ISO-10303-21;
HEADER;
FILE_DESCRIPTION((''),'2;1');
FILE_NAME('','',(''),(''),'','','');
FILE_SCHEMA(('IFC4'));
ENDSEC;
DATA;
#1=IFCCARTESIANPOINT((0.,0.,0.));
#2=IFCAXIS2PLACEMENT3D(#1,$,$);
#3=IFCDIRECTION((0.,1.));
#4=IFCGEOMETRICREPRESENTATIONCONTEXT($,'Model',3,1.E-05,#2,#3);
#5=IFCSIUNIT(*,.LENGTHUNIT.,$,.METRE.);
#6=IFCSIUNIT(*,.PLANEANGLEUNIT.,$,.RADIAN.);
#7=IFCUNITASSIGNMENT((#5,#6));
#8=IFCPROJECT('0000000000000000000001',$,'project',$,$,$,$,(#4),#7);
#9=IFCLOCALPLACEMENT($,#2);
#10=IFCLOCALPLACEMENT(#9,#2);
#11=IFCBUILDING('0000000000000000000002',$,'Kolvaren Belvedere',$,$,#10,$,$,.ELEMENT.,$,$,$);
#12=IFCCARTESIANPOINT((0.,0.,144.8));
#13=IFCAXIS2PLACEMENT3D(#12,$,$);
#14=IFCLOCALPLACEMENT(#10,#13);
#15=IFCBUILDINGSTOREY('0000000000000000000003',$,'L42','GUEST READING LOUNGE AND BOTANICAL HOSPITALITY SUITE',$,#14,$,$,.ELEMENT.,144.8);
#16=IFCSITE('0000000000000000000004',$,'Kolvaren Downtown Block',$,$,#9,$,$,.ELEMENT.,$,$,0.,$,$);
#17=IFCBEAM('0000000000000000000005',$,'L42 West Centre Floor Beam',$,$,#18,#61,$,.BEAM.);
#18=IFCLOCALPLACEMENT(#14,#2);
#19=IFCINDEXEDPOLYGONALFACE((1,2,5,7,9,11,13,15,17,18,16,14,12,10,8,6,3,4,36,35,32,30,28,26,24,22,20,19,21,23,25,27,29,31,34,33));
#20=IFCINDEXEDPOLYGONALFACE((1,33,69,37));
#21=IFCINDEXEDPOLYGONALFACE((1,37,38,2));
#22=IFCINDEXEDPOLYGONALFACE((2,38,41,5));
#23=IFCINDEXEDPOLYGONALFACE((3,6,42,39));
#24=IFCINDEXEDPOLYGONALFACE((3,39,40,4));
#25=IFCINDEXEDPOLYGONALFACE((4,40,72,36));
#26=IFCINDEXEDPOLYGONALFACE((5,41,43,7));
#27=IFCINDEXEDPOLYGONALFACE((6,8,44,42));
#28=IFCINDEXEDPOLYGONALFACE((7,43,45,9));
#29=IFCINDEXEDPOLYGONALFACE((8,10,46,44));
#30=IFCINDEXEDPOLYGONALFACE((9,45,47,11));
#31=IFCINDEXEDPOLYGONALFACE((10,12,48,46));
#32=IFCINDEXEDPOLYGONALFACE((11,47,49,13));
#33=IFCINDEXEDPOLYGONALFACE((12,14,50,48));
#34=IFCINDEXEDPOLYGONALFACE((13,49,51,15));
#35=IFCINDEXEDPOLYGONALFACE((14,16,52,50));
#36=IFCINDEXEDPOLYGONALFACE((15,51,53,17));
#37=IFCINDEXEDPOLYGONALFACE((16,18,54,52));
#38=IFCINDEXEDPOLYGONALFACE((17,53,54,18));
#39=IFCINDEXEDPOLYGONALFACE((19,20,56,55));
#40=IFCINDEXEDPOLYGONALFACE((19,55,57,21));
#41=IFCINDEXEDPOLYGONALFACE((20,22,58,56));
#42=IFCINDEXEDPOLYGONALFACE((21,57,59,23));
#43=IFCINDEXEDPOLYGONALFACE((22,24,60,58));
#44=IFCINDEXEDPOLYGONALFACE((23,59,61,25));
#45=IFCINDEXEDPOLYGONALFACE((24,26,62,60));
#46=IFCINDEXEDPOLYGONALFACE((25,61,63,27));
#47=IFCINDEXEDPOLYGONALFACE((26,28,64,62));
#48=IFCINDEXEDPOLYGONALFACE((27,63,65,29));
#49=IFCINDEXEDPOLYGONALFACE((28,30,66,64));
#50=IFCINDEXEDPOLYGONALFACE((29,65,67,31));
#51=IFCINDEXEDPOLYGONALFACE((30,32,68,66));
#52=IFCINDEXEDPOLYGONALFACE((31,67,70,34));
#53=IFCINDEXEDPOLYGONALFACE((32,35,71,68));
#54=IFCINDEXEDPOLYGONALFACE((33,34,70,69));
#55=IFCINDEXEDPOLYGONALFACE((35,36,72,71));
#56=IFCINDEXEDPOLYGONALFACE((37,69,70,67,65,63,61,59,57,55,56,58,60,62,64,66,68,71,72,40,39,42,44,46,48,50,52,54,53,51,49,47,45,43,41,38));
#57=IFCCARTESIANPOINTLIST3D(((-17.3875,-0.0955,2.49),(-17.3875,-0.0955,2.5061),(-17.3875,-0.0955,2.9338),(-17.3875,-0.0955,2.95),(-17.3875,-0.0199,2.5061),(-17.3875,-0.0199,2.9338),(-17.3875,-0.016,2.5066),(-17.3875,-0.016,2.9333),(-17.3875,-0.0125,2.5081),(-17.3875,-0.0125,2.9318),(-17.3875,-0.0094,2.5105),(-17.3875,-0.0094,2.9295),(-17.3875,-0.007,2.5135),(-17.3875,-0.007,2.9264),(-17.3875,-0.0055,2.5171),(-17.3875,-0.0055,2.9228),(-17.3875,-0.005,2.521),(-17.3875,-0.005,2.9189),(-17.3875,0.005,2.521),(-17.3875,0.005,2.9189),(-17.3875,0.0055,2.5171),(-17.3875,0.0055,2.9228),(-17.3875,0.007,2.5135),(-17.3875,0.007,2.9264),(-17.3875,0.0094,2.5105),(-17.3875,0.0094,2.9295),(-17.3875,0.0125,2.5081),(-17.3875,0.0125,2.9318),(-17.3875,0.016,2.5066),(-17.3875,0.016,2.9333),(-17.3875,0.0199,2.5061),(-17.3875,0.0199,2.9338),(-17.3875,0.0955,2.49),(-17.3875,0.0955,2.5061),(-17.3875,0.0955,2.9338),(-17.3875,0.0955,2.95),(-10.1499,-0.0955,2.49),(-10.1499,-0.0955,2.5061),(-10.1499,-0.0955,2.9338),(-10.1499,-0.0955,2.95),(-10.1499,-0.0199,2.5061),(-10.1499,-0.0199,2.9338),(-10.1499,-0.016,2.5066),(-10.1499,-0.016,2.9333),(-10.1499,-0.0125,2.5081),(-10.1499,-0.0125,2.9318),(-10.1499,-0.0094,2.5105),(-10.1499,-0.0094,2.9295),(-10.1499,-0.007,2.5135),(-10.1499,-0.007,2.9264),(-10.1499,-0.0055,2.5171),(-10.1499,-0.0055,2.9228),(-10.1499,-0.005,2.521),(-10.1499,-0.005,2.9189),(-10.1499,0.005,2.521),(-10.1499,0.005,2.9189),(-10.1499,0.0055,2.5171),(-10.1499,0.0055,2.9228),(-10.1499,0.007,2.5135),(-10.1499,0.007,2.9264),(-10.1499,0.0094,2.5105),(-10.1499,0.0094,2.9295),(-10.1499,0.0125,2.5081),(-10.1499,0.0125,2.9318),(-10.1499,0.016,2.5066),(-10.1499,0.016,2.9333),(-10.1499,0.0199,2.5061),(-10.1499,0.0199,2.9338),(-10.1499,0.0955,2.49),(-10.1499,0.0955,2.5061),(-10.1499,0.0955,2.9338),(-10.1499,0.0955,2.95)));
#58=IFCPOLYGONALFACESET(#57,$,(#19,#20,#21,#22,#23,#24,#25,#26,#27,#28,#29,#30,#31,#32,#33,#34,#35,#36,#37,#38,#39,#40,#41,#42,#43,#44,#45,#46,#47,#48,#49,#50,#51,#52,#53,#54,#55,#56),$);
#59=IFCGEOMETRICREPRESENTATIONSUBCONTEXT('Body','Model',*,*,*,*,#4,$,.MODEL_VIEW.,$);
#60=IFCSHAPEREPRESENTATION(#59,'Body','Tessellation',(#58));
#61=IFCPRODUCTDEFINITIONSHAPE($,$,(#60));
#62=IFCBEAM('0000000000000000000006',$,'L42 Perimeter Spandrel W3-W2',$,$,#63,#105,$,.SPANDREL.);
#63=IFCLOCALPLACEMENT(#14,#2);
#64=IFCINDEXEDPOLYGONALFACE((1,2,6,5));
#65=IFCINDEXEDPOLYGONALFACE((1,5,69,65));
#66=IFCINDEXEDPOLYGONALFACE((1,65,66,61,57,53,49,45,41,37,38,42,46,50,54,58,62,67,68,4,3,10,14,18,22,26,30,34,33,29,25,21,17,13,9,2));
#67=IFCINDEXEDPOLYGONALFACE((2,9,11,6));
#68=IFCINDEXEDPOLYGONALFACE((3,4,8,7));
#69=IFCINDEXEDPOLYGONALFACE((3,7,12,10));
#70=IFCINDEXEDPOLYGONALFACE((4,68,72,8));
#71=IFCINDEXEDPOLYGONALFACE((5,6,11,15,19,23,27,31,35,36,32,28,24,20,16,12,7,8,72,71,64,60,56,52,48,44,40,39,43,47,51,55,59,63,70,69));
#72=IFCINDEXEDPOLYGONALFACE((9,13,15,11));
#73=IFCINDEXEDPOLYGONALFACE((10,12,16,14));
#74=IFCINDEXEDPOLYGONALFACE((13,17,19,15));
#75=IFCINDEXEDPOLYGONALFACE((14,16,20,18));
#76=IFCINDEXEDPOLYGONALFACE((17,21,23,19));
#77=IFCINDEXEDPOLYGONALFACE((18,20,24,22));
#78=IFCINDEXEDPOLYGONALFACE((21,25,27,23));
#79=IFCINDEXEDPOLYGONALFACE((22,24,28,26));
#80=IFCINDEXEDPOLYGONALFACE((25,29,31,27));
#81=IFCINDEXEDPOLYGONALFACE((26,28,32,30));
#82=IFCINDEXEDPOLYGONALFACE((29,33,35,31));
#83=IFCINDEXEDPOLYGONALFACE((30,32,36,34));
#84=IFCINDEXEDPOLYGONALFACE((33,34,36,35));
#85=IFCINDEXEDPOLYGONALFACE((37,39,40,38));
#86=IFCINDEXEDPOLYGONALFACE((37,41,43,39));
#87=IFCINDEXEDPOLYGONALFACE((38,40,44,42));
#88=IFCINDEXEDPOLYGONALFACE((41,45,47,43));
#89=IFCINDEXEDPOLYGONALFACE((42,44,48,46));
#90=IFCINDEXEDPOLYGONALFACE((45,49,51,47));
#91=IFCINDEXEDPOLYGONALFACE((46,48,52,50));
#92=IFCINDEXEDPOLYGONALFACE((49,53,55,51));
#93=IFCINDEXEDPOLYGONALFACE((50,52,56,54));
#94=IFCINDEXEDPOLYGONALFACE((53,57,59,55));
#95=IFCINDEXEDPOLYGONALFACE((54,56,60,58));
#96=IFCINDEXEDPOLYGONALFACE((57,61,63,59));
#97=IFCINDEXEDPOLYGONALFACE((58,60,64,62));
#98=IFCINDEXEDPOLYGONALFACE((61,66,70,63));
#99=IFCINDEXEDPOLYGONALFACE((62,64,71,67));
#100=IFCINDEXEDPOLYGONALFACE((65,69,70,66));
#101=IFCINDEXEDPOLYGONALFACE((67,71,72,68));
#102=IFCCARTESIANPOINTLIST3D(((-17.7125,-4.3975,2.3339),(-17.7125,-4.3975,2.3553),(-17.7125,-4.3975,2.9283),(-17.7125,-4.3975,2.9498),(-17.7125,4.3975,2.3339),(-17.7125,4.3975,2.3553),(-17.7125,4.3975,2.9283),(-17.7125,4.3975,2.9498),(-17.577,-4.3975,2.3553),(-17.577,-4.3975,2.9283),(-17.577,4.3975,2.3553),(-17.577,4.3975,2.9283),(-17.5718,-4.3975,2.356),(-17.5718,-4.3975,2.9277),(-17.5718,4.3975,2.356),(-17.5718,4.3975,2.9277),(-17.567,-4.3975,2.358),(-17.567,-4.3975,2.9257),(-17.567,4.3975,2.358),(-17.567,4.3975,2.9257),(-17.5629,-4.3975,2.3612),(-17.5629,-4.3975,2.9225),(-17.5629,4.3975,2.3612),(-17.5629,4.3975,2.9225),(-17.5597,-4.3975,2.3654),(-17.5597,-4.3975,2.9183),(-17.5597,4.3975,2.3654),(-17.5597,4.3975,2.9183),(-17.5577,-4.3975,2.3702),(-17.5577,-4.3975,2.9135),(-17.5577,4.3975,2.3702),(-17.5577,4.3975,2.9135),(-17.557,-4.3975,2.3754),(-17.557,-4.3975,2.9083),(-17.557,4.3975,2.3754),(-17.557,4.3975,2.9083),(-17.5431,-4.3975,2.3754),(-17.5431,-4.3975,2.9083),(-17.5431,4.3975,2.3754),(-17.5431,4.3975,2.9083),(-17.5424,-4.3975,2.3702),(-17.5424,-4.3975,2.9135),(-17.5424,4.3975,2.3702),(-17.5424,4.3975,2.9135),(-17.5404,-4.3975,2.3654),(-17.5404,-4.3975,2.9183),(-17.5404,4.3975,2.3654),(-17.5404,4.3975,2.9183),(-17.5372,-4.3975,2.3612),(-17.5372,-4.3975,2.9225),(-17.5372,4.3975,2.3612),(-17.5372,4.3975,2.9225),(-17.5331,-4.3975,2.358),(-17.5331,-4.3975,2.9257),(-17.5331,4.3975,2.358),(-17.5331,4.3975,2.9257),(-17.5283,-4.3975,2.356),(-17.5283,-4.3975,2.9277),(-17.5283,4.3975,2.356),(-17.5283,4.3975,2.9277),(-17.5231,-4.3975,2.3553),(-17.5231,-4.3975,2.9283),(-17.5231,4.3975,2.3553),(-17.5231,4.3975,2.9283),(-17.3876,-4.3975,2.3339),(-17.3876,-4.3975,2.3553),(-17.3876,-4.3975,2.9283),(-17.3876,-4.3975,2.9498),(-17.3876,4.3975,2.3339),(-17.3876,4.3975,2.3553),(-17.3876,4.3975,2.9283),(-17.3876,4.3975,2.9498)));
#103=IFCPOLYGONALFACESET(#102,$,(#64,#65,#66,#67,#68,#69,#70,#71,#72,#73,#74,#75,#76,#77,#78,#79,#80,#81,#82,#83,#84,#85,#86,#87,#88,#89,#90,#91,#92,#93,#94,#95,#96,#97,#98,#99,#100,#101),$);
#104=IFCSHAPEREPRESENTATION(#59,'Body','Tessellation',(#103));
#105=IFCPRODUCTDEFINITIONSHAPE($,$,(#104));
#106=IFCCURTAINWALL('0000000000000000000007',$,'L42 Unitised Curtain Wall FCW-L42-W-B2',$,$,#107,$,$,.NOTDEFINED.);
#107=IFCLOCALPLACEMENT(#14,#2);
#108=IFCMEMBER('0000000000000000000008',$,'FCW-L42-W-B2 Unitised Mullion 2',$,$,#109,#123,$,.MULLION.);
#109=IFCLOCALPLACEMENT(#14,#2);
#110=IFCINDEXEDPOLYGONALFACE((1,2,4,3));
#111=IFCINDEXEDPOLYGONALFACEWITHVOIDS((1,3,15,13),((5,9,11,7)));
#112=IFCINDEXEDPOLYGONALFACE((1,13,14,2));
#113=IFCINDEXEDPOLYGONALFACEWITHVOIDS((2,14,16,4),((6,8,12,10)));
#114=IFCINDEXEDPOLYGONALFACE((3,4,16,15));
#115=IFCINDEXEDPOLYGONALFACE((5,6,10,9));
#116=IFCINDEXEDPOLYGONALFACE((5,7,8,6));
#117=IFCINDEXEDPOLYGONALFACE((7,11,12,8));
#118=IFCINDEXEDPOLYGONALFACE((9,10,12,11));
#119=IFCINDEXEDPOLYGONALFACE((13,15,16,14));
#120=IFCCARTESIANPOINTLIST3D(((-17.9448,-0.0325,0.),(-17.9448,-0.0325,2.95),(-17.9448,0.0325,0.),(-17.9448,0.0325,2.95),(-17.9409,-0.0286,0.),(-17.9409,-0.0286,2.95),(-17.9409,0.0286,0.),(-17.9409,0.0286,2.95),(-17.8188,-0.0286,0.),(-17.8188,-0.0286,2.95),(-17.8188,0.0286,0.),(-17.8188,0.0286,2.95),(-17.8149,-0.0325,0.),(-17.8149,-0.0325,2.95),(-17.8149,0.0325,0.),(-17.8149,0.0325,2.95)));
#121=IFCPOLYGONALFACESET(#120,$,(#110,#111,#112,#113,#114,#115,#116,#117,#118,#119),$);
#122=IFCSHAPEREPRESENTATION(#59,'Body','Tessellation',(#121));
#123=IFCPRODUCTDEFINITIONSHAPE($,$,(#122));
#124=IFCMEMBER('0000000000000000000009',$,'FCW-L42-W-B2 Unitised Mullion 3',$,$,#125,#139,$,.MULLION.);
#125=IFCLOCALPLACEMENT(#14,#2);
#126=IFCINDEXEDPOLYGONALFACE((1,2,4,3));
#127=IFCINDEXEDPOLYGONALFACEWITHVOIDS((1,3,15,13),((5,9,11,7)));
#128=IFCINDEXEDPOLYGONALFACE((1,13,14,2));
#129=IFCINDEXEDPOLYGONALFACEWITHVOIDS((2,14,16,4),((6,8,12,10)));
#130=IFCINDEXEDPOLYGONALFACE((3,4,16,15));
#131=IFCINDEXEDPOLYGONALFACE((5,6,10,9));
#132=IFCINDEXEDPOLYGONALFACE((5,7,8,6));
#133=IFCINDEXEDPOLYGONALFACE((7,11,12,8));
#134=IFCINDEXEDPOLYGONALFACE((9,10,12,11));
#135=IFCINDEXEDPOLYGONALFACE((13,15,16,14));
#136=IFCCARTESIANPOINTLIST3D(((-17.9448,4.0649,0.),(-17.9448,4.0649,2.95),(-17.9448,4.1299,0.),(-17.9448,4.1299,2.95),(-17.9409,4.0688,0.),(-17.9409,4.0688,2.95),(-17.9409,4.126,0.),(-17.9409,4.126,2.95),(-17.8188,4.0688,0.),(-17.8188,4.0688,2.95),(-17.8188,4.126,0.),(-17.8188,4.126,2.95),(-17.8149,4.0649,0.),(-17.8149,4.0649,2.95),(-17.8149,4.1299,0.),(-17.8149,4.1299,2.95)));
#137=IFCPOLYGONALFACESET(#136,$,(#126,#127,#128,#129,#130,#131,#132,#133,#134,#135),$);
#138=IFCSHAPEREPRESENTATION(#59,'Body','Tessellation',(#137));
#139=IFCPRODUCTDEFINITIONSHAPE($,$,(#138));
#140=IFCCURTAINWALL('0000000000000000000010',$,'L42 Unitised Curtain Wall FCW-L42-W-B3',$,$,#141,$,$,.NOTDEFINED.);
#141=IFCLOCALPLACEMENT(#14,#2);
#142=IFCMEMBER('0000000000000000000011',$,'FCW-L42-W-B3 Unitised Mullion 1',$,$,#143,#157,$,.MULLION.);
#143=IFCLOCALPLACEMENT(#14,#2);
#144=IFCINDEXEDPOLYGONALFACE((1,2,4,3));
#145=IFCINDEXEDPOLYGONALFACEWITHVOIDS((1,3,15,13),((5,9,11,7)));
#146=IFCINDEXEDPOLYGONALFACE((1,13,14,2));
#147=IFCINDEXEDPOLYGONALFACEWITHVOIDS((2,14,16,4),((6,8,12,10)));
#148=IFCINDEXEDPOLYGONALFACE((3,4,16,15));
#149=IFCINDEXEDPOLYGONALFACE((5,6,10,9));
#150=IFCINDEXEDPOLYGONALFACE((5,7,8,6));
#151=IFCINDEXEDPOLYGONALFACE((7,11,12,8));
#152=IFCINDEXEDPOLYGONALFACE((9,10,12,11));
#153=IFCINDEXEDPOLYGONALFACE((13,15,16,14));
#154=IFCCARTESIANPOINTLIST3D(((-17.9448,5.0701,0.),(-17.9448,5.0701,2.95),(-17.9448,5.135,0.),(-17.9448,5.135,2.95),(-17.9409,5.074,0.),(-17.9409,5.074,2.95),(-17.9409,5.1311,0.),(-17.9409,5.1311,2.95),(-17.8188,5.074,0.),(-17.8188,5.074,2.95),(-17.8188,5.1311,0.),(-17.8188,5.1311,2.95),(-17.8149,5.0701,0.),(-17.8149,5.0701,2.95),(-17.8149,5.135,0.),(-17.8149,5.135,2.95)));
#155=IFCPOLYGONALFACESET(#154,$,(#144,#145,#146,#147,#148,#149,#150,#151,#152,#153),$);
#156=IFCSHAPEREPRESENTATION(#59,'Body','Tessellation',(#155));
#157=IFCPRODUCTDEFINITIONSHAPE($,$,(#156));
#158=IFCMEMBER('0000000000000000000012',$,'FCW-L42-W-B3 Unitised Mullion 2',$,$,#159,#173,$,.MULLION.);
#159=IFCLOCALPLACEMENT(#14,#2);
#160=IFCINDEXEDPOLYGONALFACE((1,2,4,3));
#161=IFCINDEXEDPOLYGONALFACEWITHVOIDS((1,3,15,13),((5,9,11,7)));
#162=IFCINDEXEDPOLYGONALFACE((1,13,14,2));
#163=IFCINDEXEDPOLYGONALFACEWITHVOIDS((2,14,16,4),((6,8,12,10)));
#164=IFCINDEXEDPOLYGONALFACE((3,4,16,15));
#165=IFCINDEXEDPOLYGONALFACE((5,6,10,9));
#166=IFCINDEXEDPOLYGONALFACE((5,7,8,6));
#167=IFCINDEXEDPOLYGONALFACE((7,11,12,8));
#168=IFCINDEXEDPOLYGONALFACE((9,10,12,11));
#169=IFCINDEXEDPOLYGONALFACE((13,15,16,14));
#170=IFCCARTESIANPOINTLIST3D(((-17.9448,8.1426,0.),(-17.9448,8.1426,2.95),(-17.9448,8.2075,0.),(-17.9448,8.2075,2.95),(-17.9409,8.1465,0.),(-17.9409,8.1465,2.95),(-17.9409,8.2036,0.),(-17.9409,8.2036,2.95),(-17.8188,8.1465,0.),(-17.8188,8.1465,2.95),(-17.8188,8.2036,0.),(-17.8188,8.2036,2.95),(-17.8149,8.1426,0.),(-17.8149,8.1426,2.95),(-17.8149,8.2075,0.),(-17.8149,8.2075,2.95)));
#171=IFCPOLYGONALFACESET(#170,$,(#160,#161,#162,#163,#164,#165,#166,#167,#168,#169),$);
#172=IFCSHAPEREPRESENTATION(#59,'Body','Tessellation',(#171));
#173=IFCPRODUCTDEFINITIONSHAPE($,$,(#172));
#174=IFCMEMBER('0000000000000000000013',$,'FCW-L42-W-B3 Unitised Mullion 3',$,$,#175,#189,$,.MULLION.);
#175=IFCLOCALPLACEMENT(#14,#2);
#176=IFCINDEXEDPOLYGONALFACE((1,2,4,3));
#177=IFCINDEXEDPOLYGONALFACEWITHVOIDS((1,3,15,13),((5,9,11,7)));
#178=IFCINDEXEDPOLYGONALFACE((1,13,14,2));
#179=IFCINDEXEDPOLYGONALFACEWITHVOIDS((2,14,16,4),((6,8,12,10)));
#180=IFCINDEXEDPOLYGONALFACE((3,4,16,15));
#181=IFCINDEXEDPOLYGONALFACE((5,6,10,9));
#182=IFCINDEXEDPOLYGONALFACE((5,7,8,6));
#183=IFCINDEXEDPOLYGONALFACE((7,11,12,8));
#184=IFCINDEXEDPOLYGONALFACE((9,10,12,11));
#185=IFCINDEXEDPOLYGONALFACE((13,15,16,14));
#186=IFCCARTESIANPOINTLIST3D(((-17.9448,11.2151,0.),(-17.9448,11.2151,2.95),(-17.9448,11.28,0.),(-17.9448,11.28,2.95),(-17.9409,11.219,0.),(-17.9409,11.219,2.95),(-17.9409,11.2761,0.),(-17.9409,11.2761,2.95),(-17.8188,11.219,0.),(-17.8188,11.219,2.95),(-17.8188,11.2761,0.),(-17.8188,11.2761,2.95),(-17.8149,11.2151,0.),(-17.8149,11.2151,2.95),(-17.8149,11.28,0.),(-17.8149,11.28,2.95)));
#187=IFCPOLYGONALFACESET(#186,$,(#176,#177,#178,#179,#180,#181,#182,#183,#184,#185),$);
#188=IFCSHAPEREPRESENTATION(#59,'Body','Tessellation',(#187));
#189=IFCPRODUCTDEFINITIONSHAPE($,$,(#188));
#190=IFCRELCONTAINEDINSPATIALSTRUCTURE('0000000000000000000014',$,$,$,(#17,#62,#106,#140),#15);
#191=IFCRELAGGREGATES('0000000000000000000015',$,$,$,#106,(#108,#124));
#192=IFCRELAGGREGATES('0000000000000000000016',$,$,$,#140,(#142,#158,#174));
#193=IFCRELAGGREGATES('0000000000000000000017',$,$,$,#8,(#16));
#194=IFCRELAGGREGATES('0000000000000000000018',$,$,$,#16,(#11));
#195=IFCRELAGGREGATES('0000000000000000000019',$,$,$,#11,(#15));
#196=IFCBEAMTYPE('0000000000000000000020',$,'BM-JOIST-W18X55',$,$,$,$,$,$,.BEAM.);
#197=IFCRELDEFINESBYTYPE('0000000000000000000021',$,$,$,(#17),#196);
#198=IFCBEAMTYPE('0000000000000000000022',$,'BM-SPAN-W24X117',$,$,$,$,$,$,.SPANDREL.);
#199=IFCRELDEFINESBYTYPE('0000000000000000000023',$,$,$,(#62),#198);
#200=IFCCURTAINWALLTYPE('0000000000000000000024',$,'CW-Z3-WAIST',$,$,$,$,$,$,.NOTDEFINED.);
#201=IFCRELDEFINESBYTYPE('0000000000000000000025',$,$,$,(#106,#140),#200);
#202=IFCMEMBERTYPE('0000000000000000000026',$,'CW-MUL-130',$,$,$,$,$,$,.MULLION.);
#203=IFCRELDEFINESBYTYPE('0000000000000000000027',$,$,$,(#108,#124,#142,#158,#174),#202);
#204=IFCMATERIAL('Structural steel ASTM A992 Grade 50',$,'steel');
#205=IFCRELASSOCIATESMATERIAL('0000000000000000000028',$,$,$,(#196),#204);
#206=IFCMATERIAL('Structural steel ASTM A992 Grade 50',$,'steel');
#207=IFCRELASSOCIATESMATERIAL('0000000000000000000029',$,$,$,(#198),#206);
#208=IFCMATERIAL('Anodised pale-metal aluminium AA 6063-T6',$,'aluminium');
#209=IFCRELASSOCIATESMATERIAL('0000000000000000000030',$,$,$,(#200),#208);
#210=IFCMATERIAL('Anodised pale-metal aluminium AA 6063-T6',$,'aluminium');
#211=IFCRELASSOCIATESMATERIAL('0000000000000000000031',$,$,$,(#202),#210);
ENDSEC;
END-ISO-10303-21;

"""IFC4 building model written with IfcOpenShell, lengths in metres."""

from ifc_helpers import new_model, si_unit, direction, frame, origin, origin_2d, place, context, subcontext, project, spatial, hollow_rectangle, i_section, extrude, material, material_profile, profile_set, type_object, element, aggregate, save


model = new_model("IFC4")

# Units and contexts
model_context = context("Model", 3, precision=1e-05, world=origin(), true_north=direction((0.0, 1.0)))
body_context = subcontext(model_context, "Body", "Model", "MODEL_VIEW")
ifc_project = project(units=[si_unit("LENGTHUNIT", "METRE"), si_unit("PLANEANGLEUNIT", "RADIAN")], contexts=[model_context])

# Site, building, storey
site_placement = place(None, origin())
site = spatial("IfcSite", under=ifc_project, at=site_placement, Name="Kolvaren Downtown Block", CompositionType="ELEMENT", RefElevation=0.0)
building_placement = place(site_placement, origin())
building = spatial("IfcBuilding", under=site, at=building_placement, Name="Kolvaren Belvedere", CompositionType="ELEMENT")
storey_placement = place(building_placement, frame((0.0, 0.0, 144.8)))
storey = spatial("IfcBuildingStorey", under=building, at=storey_placement, Name="L42", Description="GUEST READING LOUNGE AND BOTANICAL HOSPITALITY SUITE", CompositionType="ELEMENT", Elevation=144.8)

# Beams
ifc_material_1 = material(Name="Structural steel ASTM A992 Grade 50", Category="steel")
ifc_material_profile_1 = material_profile(ifc_material_1, i_section(OverallWidth=0.1909, OverallDepth=0.46, WebThickness=0.01, FlangeThickness=0.0161, FilletRadius=0.0149, at=origin_2d()), Name="W18X55")
ifc_profile_set_1 = profile_set([ifc_material_profile_1], Name="Structural steel ASTM A992 Grade 50")
beam_type_1 = type_object("IfcBeamType", Name="BM-JOIST-W18X55", PredefinedType="BEAM", material=ifc_profile_set_1)
beam_1_placement = place(storey_placement, frame((-10.1499, 0.0, 2.72), z_axis=(-1.0, 0.0, 0.0), x_axis=(0.0, -1.0, 0.0)))
element("IfcBeam", 1, at=beam_1_placement, inside=storey, type_object=beam_type_1, Name="L42 West Centre Floor Beam", PredefinedType="BEAM", context=body_context, shape_type="SweptSolid", body=[
    extrude(i_section(OverallWidth=0.1909, OverallDepth=0.46, WebThickness=0.01, FlangeThickness=0.0161, FilletRadius=0.0149, at=origin_2d()), origin(), (0.0, 0.0, 1.0), 7.2375),
])
ifc_material_2 = material(Name="Structural steel ASTM A992 Grade 50", Category="steel")
ifc_material_profile_2 = material_profile(ifc_material_2, i_section(OverallWidth=0.325, OverallDepth=0.616, WebThickness=0.0139, FlangeThickness=0.0215, FilletRadius=0.02, at=origin_2d()), Name="W24X117")
ifc_profile_set_2 = profile_set([ifc_material_profile_2], Name="Structural steel ASTM A992 Grade 50")
beam_type_2 = type_object("IfcBeamType", Name="BM-SPAN-W24X117", PredefinedType="SPANDREL", material=ifc_profile_set_2)
beam_2_placement = place(storey_placement, frame((-17.55, 4.3975, 2.6418), z_axis=(0.0, -1.0, 0.0), x_axis=(1.0, 0.0, 0.0)))
element("IfcBeam", 2, at=beam_2_placement, inside=storey, type_object=beam_type_2, Name="L42 Perimeter Spandrel W3-W2", PredefinedType="SPANDREL", context=body_context, shape_type="SweptSolid", body=[
    extrude(i_section(OverallWidth=0.325, OverallDepth=0.616, WebThickness=0.0139, FlangeThickness=0.0215, FilletRadius=0.02, at=origin_2d()), origin(), (0.0, 0.0, 1.0), 8.7949),
])

# Curtain walls, members
ifc_material_3 = material(Name="Anodised pale-metal aluminium AA 6063-T6", Category="aluminium")
curtain_wall_type = type_object("IfcCurtainWallType", Name="CW-Z3-WAIST", PredefinedType="NOTDEFINED", material=ifc_material_3)
curtain_wall_1_placement = place(storey_placement, origin())
curtain_wall_1 = element("IfcCurtainWall", 3, at=curtain_wall_1_placement, inside=storey, type_object=curtain_wall_type, Name="L42 Unitised Curtain Wall FCW-L42-W-B2", PredefinedType="NOTDEFINED")
ifc_material_4 = material(Name="Anodised pale-metal aluminium AA 6063-T6", Category="aluminium")
ifc_material_profile_3 = material_profile(ifc_material_4, hollow_rectangle(XDim=0.0649, YDim=0.1299, WallThickness=0.0039, at=origin_2d()), Name="ALU-MUL-130X65")
ifc_profile_set_3 = profile_set([ifc_material_profile_3], Name="Anodised pale-metal aluminium AA 6063-T6")
member_type_1 = type_object("IfcMemberType", Name="CW-MUL-130", PredefinedType="MULLION", material=ifc_profile_set_3)
member_1_placement = place(storey_placement, frame((-17.8799, 0.0, 0.0), z_axis=(0.0, 0.0, 1.0), x_axis=(0.0, 1.0, 0.0)))
member_1 = element("IfcMember", 4, at=member_1_placement, type_object=member_type_1, Name="FCW-L42-W-B2 Unitised Mullion 2", PredefinedType="MULLION", context=body_context, shape_type="SweptSolid", body=[
    extrude(hollow_rectangle(XDim=0.0649, YDim=0.1299, WallThickness=0.0039, at=origin_2d()), origin(), (0.0, 0.0, 1.0), 2.95),
])
member_2_placement = place(storey_placement, frame((-17.8799, 4.0974, 0.0), z_axis=(0.0, 0.0, 1.0), x_axis=(0.0, 1.0, 0.0)))
member_2 = element("IfcMember", 5, at=member_2_placement, type_object=member_type_1, Name="FCW-L42-W-B2 Unitised Mullion 3", PredefinedType="MULLION", context=body_context, shape_type="SweptSolid", body=[
    extrude(hollow_rectangle(XDim=0.0649, YDim=0.1299, WallThickness=0.0039, at=origin_2d()), origin(), (0.0, 0.0, 1.0), 2.95),
])
curtain_wall_2_placement = place(storey_placement, origin())
curtain_wall_2 = element("IfcCurtainWall", 6, at=curtain_wall_2_placement, inside=storey, type_object=curtain_wall_type, Name="L42 Unitised Curtain Wall FCW-L42-W-B3", PredefinedType="NOTDEFINED")
member_3_placement = place(storey_placement, frame((-17.8799, 5.1025, 0.0), z_axis=(0.0, 0.0, 1.0), x_axis=(0.0, 1.0, 0.0)))
member_3 = element("IfcMember", 7, at=member_3_placement, type_object=member_type_1, Name="FCW-L42-W-B3 Unitised Mullion 1", PredefinedType="MULLION", context=body_context, shape_type="SweptSolid", body=[
    extrude(hollow_rectangle(XDim=0.0649, YDim=0.1299, WallThickness=0.0039, at=origin_2d()), origin(), (0.0, 0.0, 1.0), 2.95),
])
member_4_placement = place(storey_placement, frame((-17.8799, 8.175, 0.0), z_axis=(0.0, 0.0, 1.0), x_axis=(0.0, 1.0, 0.0)))
member_4 = element("IfcMember", 8, at=member_4_placement, type_object=member_type_1, Name="FCW-L42-W-B3 Unitised Mullion 2", PredefinedType="MULLION", context=body_context, shape_type="SweptSolid", body=[
    extrude(hollow_rectangle(XDim=0.0649, YDim=0.1299, WallThickness=0.0039, at=origin_2d()), origin(), (0.0, 0.0, 1.0), 2.95),
])
member_5_placement = place(storey_placement, frame((-17.8799, 11.2476, 0.0), z_axis=(0.0, 0.0, 1.0), x_axis=(0.0, 1.0, 0.0)))
member_5 = element("IfcMember", 9, at=member_5_placement, type_object=member_type_1, Name="FCW-L42-W-B3 Unitised Mullion 3", PredefinedType="MULLION", context=body_context, shape_type="SweptSolid", body=[
    extrude(hollow_rectangle(XDim=0.0649, YDim=0.1299, WallThickness=0.0039, at=origin_2d()), origin(), (0.0, 0.0, 1.0), 2.95),
])

aggregate(curtain_wall_1, [member_1, member_2])
aggregate(curtain_wall_2, [member_3, member_4, member_5])

save(model, "model.ifc")
